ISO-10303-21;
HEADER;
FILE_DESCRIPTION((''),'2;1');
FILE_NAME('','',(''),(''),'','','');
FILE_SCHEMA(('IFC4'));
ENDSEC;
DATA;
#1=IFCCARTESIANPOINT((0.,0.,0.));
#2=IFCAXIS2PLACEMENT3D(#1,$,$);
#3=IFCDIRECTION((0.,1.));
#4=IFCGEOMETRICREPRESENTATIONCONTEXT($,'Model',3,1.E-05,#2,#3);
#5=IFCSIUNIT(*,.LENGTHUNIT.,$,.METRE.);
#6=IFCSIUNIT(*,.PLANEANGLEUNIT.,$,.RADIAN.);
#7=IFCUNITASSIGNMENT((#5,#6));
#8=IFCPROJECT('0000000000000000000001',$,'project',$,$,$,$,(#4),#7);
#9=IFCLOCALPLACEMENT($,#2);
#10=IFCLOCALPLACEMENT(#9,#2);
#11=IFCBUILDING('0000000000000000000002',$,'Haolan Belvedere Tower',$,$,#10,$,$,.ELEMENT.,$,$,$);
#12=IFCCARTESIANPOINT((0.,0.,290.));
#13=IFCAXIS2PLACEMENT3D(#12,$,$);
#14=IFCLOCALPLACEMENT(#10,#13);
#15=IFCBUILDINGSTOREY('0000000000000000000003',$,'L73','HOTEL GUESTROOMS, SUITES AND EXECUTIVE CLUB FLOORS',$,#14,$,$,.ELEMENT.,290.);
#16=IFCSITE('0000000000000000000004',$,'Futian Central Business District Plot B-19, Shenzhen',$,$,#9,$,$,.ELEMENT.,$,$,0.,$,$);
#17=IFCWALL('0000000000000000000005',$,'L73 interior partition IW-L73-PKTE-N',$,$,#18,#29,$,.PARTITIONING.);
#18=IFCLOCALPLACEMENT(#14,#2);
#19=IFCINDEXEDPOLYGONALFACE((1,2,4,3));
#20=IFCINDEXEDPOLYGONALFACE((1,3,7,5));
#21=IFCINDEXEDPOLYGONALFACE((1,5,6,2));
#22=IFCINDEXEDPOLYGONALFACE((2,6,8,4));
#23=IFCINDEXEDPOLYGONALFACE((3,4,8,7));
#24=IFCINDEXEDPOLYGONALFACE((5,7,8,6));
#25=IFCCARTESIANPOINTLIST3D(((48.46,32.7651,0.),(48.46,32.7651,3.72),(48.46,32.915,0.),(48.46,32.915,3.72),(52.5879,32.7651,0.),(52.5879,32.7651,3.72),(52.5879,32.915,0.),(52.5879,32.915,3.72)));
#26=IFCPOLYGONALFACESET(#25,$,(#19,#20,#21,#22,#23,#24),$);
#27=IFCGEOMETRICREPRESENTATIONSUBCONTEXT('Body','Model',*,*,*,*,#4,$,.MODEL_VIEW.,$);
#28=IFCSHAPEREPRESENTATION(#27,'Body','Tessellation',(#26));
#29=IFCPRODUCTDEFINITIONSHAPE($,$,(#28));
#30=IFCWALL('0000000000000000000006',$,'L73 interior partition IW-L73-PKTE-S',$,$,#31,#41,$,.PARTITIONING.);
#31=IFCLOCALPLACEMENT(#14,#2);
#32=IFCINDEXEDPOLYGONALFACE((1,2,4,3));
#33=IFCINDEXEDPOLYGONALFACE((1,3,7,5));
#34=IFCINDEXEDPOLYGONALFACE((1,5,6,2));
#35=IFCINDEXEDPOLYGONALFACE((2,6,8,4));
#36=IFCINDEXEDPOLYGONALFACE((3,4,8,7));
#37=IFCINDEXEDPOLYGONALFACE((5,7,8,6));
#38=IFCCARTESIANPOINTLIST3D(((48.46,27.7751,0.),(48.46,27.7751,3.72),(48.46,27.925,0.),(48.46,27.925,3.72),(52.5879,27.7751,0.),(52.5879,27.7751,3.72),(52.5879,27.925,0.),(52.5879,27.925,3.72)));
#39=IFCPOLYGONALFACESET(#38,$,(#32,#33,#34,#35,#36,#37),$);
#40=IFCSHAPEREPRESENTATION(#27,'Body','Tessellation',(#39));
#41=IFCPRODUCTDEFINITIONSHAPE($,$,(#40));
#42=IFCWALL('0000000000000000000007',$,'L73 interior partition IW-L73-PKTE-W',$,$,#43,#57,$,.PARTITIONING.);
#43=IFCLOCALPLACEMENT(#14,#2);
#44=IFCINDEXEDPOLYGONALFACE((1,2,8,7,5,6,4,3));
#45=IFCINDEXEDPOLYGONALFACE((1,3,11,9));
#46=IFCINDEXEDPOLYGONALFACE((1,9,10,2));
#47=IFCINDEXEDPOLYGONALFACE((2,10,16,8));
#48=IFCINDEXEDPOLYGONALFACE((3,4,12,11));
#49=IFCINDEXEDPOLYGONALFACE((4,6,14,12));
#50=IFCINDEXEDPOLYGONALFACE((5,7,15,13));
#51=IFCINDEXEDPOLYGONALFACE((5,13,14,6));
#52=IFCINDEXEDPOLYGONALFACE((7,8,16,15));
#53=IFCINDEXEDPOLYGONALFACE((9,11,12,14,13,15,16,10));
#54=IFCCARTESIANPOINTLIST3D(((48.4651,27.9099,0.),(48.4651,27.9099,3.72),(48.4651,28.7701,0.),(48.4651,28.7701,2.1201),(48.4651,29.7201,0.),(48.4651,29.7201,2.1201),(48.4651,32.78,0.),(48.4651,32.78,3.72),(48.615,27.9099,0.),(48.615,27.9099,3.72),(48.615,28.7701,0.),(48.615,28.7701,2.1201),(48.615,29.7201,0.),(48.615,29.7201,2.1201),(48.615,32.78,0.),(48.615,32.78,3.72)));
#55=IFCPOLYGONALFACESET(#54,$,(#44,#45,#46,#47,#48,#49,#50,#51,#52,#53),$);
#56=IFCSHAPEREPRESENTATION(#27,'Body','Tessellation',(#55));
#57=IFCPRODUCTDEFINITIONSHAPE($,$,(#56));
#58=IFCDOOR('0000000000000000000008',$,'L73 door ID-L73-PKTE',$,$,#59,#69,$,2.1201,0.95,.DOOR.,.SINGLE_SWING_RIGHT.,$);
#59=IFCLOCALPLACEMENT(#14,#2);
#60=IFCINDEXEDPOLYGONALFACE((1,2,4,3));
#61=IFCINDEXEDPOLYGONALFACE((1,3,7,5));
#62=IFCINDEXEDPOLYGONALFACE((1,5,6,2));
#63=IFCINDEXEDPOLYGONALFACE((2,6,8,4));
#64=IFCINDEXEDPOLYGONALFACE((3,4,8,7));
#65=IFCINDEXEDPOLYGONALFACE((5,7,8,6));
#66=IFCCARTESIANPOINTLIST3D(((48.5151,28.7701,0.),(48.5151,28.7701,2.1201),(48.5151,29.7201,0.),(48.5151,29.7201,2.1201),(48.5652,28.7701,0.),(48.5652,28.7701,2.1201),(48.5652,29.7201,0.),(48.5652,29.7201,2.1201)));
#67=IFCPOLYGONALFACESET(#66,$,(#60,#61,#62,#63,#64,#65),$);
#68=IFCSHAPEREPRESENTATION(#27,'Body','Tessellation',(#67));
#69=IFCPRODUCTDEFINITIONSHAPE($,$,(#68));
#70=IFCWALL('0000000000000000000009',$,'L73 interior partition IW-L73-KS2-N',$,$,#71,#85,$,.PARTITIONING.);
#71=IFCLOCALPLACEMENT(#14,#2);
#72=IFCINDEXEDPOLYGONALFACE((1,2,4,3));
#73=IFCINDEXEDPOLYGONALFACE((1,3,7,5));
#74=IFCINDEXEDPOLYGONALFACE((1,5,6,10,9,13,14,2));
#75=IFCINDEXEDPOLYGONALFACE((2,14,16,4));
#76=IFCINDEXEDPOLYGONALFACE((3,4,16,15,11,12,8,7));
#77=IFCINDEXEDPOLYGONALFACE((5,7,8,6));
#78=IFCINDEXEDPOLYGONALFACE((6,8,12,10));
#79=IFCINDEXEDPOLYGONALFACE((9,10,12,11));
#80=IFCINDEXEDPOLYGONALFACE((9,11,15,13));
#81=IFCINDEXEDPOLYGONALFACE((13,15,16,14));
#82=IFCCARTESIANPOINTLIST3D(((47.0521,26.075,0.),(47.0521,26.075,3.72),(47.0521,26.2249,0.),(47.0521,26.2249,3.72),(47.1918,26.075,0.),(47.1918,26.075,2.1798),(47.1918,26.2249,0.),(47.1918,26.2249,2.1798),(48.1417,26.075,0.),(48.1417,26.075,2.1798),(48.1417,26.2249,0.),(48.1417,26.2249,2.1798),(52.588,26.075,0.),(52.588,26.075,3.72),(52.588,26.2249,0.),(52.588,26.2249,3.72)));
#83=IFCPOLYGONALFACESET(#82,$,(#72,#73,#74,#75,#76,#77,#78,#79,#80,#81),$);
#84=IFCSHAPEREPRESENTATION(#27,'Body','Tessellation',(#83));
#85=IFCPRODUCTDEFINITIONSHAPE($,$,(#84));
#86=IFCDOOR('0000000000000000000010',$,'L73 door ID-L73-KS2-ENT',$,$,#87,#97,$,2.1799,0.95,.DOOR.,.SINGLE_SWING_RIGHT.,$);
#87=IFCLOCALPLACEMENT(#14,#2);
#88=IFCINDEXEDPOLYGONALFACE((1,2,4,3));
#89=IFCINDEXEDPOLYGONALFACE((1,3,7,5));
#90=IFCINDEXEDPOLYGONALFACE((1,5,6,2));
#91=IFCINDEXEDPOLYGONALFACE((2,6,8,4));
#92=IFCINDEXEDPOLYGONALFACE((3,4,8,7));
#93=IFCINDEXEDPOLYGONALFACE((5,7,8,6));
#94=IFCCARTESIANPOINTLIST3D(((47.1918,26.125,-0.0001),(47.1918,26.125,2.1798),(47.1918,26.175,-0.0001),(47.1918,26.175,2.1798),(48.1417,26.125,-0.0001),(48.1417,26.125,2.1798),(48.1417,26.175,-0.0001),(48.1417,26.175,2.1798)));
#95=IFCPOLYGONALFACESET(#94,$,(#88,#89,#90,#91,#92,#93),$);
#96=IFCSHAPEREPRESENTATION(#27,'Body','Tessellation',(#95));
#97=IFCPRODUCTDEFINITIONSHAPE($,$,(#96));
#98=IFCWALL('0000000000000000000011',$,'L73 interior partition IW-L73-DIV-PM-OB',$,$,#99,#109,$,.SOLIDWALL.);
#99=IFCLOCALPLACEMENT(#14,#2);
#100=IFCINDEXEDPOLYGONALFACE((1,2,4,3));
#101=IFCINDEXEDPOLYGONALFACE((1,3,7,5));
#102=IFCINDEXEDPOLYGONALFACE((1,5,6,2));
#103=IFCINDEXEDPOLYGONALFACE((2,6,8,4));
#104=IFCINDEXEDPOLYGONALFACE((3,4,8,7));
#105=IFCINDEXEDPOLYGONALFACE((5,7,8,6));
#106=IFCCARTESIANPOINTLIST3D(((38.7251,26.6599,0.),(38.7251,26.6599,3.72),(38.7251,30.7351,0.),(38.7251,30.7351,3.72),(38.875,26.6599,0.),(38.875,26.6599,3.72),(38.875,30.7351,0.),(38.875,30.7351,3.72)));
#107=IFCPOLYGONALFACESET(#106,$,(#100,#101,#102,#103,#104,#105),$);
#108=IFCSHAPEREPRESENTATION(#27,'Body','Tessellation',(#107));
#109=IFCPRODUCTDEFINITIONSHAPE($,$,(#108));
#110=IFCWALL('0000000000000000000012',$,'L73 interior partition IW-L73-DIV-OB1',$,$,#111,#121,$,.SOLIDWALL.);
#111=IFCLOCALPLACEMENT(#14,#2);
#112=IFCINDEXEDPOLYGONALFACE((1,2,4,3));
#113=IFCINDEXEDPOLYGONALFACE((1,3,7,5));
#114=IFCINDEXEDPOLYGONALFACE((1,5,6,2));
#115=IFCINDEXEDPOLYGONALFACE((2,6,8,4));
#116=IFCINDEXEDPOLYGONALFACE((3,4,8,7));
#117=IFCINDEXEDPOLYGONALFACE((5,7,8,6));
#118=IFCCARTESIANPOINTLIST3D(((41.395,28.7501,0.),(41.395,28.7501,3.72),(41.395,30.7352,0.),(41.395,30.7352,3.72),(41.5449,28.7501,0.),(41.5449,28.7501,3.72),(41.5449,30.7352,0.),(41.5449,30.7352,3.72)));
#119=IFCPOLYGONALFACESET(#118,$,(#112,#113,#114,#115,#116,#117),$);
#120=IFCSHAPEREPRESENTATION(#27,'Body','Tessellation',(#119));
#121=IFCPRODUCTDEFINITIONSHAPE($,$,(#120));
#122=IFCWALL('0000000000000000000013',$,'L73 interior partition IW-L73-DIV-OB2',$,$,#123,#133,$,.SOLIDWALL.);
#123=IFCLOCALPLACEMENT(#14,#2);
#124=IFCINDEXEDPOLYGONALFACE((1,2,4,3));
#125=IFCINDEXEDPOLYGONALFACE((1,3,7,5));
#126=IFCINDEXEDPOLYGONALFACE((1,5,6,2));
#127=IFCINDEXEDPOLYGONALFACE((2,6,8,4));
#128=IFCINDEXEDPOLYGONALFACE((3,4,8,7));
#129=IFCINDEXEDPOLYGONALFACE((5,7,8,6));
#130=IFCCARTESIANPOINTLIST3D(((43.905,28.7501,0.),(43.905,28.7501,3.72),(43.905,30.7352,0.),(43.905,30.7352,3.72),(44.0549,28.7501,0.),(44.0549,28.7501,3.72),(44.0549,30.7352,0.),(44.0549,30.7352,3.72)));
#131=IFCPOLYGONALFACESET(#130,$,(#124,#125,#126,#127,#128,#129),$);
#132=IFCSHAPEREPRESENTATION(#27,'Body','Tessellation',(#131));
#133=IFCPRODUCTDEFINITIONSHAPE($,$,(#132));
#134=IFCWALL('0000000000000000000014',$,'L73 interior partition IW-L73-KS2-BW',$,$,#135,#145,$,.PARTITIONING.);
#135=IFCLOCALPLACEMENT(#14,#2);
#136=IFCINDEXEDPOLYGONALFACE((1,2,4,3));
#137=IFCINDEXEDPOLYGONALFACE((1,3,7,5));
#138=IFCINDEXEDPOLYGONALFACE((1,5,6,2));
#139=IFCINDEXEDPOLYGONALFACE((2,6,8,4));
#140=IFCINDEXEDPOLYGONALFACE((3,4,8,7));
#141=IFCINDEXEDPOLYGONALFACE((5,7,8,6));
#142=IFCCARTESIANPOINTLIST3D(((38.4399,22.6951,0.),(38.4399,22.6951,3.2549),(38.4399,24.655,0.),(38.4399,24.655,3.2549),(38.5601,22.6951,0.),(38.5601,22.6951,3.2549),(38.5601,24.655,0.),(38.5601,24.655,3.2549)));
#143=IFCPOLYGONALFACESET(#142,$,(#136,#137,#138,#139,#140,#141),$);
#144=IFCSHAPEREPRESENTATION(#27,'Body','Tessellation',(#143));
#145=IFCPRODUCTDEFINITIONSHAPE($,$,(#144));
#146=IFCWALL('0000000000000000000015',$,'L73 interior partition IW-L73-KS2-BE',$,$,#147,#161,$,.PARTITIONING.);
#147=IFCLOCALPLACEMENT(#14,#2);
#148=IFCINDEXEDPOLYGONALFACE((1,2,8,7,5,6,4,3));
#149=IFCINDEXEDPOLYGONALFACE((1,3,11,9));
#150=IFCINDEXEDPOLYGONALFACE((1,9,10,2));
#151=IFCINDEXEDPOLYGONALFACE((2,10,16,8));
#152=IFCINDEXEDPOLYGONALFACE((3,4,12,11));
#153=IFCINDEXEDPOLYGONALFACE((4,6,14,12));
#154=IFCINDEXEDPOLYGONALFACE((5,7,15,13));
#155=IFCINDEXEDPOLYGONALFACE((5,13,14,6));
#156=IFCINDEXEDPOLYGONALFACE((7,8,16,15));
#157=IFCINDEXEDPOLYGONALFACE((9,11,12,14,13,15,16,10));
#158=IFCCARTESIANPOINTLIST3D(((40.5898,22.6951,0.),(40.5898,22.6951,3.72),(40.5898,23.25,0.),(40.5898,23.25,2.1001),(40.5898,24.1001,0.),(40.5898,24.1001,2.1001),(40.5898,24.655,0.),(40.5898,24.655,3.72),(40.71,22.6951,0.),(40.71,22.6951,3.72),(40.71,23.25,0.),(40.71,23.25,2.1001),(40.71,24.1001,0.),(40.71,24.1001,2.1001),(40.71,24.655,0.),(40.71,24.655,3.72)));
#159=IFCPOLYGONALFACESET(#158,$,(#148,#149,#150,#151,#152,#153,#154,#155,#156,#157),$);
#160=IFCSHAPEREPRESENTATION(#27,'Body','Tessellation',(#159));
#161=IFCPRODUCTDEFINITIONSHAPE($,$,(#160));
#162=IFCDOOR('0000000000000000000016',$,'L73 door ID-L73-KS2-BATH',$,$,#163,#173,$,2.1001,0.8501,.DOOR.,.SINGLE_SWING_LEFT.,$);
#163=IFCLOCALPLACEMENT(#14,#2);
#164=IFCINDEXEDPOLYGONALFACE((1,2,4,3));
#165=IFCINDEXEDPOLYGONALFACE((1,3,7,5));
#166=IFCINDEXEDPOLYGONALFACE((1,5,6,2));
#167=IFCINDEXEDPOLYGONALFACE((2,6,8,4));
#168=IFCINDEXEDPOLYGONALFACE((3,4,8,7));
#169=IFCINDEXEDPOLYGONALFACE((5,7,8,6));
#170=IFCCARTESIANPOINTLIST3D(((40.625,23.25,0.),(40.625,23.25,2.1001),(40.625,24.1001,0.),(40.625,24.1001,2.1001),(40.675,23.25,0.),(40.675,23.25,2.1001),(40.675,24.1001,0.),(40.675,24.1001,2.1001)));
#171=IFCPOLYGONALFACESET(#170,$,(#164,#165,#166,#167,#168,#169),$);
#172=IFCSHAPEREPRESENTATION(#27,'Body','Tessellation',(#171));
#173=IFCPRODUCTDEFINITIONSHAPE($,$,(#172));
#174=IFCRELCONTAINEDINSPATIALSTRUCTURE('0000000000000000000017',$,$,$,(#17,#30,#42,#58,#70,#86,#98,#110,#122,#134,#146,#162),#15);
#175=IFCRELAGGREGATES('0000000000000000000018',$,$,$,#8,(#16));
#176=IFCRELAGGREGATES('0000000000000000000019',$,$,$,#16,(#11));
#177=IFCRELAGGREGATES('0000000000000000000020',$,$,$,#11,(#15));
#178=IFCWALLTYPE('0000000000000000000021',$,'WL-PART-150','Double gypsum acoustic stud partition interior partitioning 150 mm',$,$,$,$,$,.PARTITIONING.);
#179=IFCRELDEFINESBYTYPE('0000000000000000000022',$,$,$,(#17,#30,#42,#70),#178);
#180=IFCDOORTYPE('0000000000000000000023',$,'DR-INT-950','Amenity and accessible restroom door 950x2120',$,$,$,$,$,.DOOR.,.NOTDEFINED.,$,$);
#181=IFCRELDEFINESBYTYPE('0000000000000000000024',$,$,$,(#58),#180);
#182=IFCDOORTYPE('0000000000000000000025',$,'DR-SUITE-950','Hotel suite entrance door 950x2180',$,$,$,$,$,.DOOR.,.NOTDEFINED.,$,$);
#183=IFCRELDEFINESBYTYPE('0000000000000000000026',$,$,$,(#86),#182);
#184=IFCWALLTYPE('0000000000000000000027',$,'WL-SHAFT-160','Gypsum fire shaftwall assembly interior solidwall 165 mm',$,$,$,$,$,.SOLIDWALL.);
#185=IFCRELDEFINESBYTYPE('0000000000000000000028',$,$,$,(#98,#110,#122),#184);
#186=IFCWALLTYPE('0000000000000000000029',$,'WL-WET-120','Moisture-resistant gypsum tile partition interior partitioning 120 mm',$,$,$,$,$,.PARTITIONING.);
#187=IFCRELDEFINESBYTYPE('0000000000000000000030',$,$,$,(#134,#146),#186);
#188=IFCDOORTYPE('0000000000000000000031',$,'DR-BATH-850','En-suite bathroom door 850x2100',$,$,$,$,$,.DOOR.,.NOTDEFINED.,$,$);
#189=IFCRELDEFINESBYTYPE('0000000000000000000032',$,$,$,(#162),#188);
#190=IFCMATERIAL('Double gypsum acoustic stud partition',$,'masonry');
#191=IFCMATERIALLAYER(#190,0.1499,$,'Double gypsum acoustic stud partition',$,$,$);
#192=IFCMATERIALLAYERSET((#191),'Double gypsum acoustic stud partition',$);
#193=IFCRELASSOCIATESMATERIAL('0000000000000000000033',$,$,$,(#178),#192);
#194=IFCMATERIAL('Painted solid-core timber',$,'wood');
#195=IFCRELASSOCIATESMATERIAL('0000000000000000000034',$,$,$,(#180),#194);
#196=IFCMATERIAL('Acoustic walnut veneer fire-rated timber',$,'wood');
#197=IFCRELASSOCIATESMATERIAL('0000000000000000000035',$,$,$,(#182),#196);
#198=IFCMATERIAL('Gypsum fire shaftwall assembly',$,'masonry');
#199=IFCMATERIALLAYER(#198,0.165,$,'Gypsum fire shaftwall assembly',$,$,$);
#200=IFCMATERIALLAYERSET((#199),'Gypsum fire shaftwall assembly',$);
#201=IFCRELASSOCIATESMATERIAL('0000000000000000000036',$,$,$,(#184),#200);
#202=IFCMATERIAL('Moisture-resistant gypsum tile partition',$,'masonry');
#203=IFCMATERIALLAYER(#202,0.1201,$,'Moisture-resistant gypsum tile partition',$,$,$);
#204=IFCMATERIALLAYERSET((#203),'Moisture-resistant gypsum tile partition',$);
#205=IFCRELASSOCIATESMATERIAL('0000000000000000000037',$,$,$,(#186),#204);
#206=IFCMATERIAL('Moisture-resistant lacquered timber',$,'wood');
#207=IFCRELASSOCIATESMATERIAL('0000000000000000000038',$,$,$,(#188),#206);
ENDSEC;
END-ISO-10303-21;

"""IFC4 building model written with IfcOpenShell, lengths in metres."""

from ifc_helpers import new_model, si_unit, direction, frame, frame_2d, origin, place, context, subcontext, project, spatial, rectangle, extrude, material, layer, layer_set, type_object, element, fill, save


model = new_model("IFC4")

# Units and contexts
model_context = context("Model", 3, precision=1e-05, world=origin(), true_north=direction((0.0, 1.0)))
body_context = subcontext(model_context, "Body", "Model", "MODEL_VIEW")
ifc_project = project(units=[si_unit("LENGTHUNIT", "METRE"), si_unit("PLANEANGLEUNIT", "RADIAN")], contexts=[model_context])

# Site, building, storey
site_placement = place(None, origin())
site = spatial("IfcSite", under=ifc_project, at=site_placement, Name="Futian Central Business District Plot B-19, Shenzhen", CompositionType="ELEMENT", RefElevation=0.0)
building_placement = place(site_placement, origin())
building = spatial("IfcBuilding", under=site, at=building_placement, Name="Haolan Belvedere Tower", CompositionType="ELEMENT")
storey_placement = place(building_placement, frame((0.0, 0.0, 290.0)))
storey = spatial("IfcBuildingStorey", under=building, at=storey_placement, Name="L73", Description="HOTEL GUESTROOMS, SUITES AND EXECUTIVE CLUB FLOORS", CompositionType="ELEMENT", Elevation=290.0)

# Walls
ifc_material_1 = material(Name="Double gypsum acoustic stud partition", Category="masonry")
ifc_layer_1 = layer(ifc_material_1, 0.1499, Name="Double gypsum acoustic stud partition")
ifc_layer_set_1 = layer_set([ifc_layer_1], Name="Double gypsum acoustic stud partition")
wall_type_1 = type_object("IfcWallType", Name="WL-PART-150", Description="Double gypsum acoustic stud partition interior partitioning 150 mm", PredefinedType="PARTITIONING", material=ifc_layer_set_1)
for number, where, z_axis, x_axis, name in (
    (1, (48.46, 32.8401, 0.0), (0.0, 0.0, 1.0), (1.0, 0.0, 0.0), "L73 interior partition IW-L73-PKTE-N"),
    (2, (48.46, 27.8501, 0.0), (0.0, 0.0, 1.0), (1.0, 0.0, 0.0), "L73 interior partition IW-L73-PKTE-S"),
):
    element("IfcWall", number, at=place(storey_placement, frame(where, z_axis=z_axis, x_axis=x_axis)), inside=storey, type_object=wall_type_1, Name=name, PredefinedType="PARTITIONING", context=body_context, shape_type="SweptSolid", body=[
        extrude(rectangle(XDim=4.1279, YDim=0.1499, at=frame_2d((2.064, 0.0))), origin(), (0.0, 0.0, 1.0), 3.72),
    ])

# Walls, openings, doors
wall_1_placement = place(storey_placement, frame((48.54, 27.9099, 0.0), z_axis=(0.0, 0.0, 1.0), x_axis=(0.0, 1.0, 0.0)))
wall_1 = element("IfcWall", 3, at=wall_1_placement, inside=storey, type_object=wall_type_1, Name="L73 interior partition IW-L73-PKTE-W", PredefinedType="PARTITIONING", context=body_context, shape_type="SweptSolid", body=[
    extrude(rectangle(XDim=4.8701, YDim=0.1499, at=frame_2d((2.4351, 0.0))), origin(), (0.0, 0.0, 1.0), 3.72),
])
opening_1_placement = place(wall_1_placement, frame((0.8601, 0.0, 0.0)))
opening_1 = element("IfcOpeningElement", 4, at=opening_1_placement, cuts=wall_1, PredefinedType="OPENING", context=body_context, shape_type="SweptSolid", body=[
    extrude(rectangle(XDim=0.95, YDim=2.1201, at=frame_2d((0.4751, 1.0601))), frame((0.0, 0.085, 0.0), z_axis=(0.0, -1.0, 0.0), x_axis=(1.0, 0.0, 0.0)), (0.0, 0.0, 1.0), 0.1699),
])
ifc_material_2 = material(Name="Painted solid-core timber", Category="wood")
door_type_1 = type_object("IfcDoorType", Name="DR-INT-950", Description="Amenity and accessible restroom door 950x2120", OperationType="NOTDEFINED", PredefinedType="DOOR", material=ifc_material_2)
door_1_placement = place(opening_1_placement, origin())
door_1 = element("IfcDoor", 5, at=door_1_placement, inside=storey, type_object=door_type_1, Name="L73 door ID-L73-PKTE", OperationType="SINGLE_SWING_RIGHT", OverallHeight=2.1201, OverallWidth=0.95, PredefinedType="DOOR", context=body_context, shape_type="SweptSolid", body=[
    extrude(rectangle(XDim=0.95, YDim=2.1201, at=frame_2d((0.4751, 1.0601))), frame((0.0, 0.0249, 0.0), z_axis=(0.0, -1.0, 0.0), x_axis=(1.0, 0.0, 0.0)), (0.0, 0.0, 1.0), 0.05),
])
fill(opening_1, door_1)
wall_2_placement = place(storey_placement, frame((47.052, 26.1499, 0.0), z_axis=(0.0, 0.0, 1.0), x_axis=(1.0, 0.0, 0.0)))
wall_2 = element("IfcWall", 6, at=wall_2_placement, inside=storey, type_object=wall_type_1, Name="L73 interior partition IW-L73-KS2-N", PredefinedType="PARTITIONING", context=body_context, shape_type="SweptSolid", body=[
    extrude(rectangle(XDim=5.5359, YDim=0.1499, at=frame_2d((2.7681, 0.0))), origin(), (0.0, 0.0, 1.0), 3.72),
])
opening_2_placement = place(wall_2_placement, frame((1.0898, 0.0, 0.0), z_axis=(0.0, 0.0, 1.0), x_axis=(-1.0, 0.0, 0.0)))
opening_2 = element("IfcOpeningElement", 7, at=opening_2_placement, cuts=wall_2, PredefinedType="OPENING", context=body_context, shape_type="SweptSolid", body=[
    extrude(rectangle(XDim=0.95, YDim=2.1799, at=frame_2d((0.4751, 1.0898))), frame((0.0, 0.085, 0.0), z_axis=(0.0, -1.0, 0.0), x_axis=(1.0, 0.0, 0.0)), (0.0, 0.0, 1.0), 0.1699),
])
ifc_material_3 = material(Name="Acoustic walnut veneer fire-rated timber", Category="wood")
door_type_2 = type_object("IfcDoorType", Name="DR-SUITE-950", Description="Hotel suite entrance door 950x2180", OperationType="NOTDEFINED", PredefinedType="DOOR", material=ifc_material_3)
door_2_placement = place(opening_2_placement, origin())
door_2 = element("IfcDoor", 8, at=door_2_placement, inside=storey, type_object=door_type_2, Name="L73 door ID-L73-KS2-ENT", OperationType="SINGLE_SWING_RIGHT", OverallHeight=2.1799, OverallWidth=0.95, PredefinedType="DOOR", context=body_context, shape_type="SweptSolid", body=[
    extrude(rectangle(XDim=0.95, YDim=2.1799, at=frame_2d((0.4751, 1.0898))), frame((0.0, 0.0249, 0.0), z_axis=(0.0, -1.0, 0.0), x_axis=(1.0, 0.0, 0.0)), (0.0, 0.0, 1.0), 0.05),
])
fill(opening_2, door_2)

# Walls
ifc_material_4 = material(Name="Gypsum fire shaftwall assembly", Category="masonry")
ifc_layer_2 = layer(ifc_material_4, 0.165, Name="Gypsum fire shaftwall assembly")
ifc_layer_set_2 = layer_set([ifc_layer_2], Name="Gypsum fire shaftwall assembly")
wall_type_2 = type_object("IfcWallType", Name="WL-SHAFT-160", Description="Gypsum fire shaftwall assembly interior solidwall 165 mm", PredefinedType="SOLIDWALL", material=ifc_layer_set_2)
wall_3_placement = place(storey_placement, frame((38.8, 26.6599, 0.0), z_axis=(0.0, 0.0, 1.0), x_axis=(0.0, 1.0, 0.0)))
element("IfcWall", 9, at=wall_3_placement, inside=storey, type_object=wall_type_2, Name="L73 interior partition IW-L73-DIV-PM-OB", PredefinedType="SOLIDWALL", context=body_context, shape_type="SweptSolid", body=[
    extrude(rectangle(XDim=4.0752, YDim=0.1499, at=frame_2d((2.0376, 0.0))), origin(), (0.0, 0.0, 1.0), 3.72),
])
for number, where, z_axis, x_axis, name in (
    (10, (41.47, 28.75, 0.0), (0.0, 0.0, 1.0), (0.0, 1.0, 0.0), "L73 interior partition IW-L73-DIV-OB1"),
    (11, (43.98, 28.75, 0.0), (0.0, 0.0, 1.0), (0.0, 1.0, 0.0), "L73 interior partition IW-L73-DIV-OB2"),
):
    element("IfcWall", number, at=place(storey_placement, frame(where, z_axis=z_axis, x_axis=x_axis)), inside=storey, type_object=wall_type_2, Name=name, PredefinedType="SOLIDWALL", context=body_context, shape_type="SweptSolid", body=[
        extrude(rectangle(XDim=1.9851, YDim=0.1499, at=frame_2d((0.9927, 0.0))), origin(), (0.0, 0.0, 1.0), 3.72),
    ])
ifc_material_5 = material(Name="Moisture-resistant gypsum tile partition", Category="masonry")
ifc_layer_3 = layer(ifc_material_5, 0.1201, Name="Moisture-resistant gypsum tile partition")
ifc_layer_set_3 = layer_set([ifc_layer_3], Name="Moisture-resistant gypsum tile partition")
wall_type_3 = type_object("IfcWallType", Name="WL-WET-120", Description="Moisture-resistant gypsum tile partition interior partitioning 120 mm", PredefinedType="PARTITIONING", material=ifc_layer_set_3)
wall_4_placement = place(storey_placement, frame((38.5, 22.6951, 0.0), z_axis=(0.0, 0.0, 1.0), x_axis=(0.0, 1.0, 0.0)))
element("IfcWall", 12, at=wall_4_placement, inside=storey, type_object=wall_type_3, Name="L73 interior partition IW-L73-KS2-BW", PredefinedType="PARTITIONING", context=body_context, shape_type="SweptSolid", body=[
    extrude(rectangle(XDim=1.96, YDim=0.1201, at=frame_2d((0.98, 0.0))), origin(), (0.0, 0.0, 1.0), 3.2549),
])

# Wall, opening, door
wall_5_placement = place(storey_placement, frame((40.6499, 22.6951, 0.0), z_axis=(0.0, 0.0, 1.0), x_axis=(0.0, 1.0, 0.0)))
wall_5 = element("IfcWall", 13, at=wall_5_placement, inside=storey, type_object=wall_type_3, Name="L73 interior partition IW-L73-KS2-BE", PredefinedType="PARTITIONING", context=body_context, shape_type="SweptSolid", body=[
    extrude(rectangle(XDim=1.96, YDim=0.1201, at=frame_2d((0.98, 0.0))), origin(), (0.0, 0.0, 1.0), 3.72),
])
opening_3_placement = place(wall_5_placement, frame((0.5549, 0.0, 0.0)))
opening_3 = element("IfcOpeningElement", 14, at=opening_3_placement, cuts=wall_5, PredefinedType="OPENING", context=body_context, shape_type="SweptSolid", body=[
    extrude(rectangle(XDim=0.8501, YDim=2.1001, at=frame_2d((0.425, 1.05))), frame((0.0, 0.0701, 0.0), z_axis=(0.0, -1.0, 0.0), x_axis=(1.0, 0.0, 0.0)), (0.0, 0.0, 1.0), 0.1401),
])
ifc_material_6 = material(Name="Moisture-resistant lacquered timber", Category="wood")
door_type_3 = type_object("IfcDoorType", Name="DR-BATH-850", Description="En-suite bathroom door 850x2100", OperationType="NOTDEFINED", PredefinedType="DOOR", material=ifc_material_6)
door_3_placement = place(opening_3_placement, origin())
door_3 = element("IfcDoor", 15, at=door_3_placement, inside=storey, type_object=door_type_3, Name="L73 door ID-L73-KS2-BATH", OperationType="SINGLE_SWING_LEFT", OverallHeight=2.1001, OverallWidth=0.8501, PredefinedType="DOOR", context=body_context, shape_type="SweptSolid", body=[
    extrude(rectangle(XDim=0.8501, YDim=2.1001, at=frame_2d((0.425, 1.05))), frame((0.0, 0.0249, 0.0), z_axis=(0.0, -1.0, 0.0), x_axis=(1.0, 0.0, 0.0)), (0.0, 0.0, 1.0), 0.05),
])
fill(opening_3, door_3)

save(model, "model.ifc")
